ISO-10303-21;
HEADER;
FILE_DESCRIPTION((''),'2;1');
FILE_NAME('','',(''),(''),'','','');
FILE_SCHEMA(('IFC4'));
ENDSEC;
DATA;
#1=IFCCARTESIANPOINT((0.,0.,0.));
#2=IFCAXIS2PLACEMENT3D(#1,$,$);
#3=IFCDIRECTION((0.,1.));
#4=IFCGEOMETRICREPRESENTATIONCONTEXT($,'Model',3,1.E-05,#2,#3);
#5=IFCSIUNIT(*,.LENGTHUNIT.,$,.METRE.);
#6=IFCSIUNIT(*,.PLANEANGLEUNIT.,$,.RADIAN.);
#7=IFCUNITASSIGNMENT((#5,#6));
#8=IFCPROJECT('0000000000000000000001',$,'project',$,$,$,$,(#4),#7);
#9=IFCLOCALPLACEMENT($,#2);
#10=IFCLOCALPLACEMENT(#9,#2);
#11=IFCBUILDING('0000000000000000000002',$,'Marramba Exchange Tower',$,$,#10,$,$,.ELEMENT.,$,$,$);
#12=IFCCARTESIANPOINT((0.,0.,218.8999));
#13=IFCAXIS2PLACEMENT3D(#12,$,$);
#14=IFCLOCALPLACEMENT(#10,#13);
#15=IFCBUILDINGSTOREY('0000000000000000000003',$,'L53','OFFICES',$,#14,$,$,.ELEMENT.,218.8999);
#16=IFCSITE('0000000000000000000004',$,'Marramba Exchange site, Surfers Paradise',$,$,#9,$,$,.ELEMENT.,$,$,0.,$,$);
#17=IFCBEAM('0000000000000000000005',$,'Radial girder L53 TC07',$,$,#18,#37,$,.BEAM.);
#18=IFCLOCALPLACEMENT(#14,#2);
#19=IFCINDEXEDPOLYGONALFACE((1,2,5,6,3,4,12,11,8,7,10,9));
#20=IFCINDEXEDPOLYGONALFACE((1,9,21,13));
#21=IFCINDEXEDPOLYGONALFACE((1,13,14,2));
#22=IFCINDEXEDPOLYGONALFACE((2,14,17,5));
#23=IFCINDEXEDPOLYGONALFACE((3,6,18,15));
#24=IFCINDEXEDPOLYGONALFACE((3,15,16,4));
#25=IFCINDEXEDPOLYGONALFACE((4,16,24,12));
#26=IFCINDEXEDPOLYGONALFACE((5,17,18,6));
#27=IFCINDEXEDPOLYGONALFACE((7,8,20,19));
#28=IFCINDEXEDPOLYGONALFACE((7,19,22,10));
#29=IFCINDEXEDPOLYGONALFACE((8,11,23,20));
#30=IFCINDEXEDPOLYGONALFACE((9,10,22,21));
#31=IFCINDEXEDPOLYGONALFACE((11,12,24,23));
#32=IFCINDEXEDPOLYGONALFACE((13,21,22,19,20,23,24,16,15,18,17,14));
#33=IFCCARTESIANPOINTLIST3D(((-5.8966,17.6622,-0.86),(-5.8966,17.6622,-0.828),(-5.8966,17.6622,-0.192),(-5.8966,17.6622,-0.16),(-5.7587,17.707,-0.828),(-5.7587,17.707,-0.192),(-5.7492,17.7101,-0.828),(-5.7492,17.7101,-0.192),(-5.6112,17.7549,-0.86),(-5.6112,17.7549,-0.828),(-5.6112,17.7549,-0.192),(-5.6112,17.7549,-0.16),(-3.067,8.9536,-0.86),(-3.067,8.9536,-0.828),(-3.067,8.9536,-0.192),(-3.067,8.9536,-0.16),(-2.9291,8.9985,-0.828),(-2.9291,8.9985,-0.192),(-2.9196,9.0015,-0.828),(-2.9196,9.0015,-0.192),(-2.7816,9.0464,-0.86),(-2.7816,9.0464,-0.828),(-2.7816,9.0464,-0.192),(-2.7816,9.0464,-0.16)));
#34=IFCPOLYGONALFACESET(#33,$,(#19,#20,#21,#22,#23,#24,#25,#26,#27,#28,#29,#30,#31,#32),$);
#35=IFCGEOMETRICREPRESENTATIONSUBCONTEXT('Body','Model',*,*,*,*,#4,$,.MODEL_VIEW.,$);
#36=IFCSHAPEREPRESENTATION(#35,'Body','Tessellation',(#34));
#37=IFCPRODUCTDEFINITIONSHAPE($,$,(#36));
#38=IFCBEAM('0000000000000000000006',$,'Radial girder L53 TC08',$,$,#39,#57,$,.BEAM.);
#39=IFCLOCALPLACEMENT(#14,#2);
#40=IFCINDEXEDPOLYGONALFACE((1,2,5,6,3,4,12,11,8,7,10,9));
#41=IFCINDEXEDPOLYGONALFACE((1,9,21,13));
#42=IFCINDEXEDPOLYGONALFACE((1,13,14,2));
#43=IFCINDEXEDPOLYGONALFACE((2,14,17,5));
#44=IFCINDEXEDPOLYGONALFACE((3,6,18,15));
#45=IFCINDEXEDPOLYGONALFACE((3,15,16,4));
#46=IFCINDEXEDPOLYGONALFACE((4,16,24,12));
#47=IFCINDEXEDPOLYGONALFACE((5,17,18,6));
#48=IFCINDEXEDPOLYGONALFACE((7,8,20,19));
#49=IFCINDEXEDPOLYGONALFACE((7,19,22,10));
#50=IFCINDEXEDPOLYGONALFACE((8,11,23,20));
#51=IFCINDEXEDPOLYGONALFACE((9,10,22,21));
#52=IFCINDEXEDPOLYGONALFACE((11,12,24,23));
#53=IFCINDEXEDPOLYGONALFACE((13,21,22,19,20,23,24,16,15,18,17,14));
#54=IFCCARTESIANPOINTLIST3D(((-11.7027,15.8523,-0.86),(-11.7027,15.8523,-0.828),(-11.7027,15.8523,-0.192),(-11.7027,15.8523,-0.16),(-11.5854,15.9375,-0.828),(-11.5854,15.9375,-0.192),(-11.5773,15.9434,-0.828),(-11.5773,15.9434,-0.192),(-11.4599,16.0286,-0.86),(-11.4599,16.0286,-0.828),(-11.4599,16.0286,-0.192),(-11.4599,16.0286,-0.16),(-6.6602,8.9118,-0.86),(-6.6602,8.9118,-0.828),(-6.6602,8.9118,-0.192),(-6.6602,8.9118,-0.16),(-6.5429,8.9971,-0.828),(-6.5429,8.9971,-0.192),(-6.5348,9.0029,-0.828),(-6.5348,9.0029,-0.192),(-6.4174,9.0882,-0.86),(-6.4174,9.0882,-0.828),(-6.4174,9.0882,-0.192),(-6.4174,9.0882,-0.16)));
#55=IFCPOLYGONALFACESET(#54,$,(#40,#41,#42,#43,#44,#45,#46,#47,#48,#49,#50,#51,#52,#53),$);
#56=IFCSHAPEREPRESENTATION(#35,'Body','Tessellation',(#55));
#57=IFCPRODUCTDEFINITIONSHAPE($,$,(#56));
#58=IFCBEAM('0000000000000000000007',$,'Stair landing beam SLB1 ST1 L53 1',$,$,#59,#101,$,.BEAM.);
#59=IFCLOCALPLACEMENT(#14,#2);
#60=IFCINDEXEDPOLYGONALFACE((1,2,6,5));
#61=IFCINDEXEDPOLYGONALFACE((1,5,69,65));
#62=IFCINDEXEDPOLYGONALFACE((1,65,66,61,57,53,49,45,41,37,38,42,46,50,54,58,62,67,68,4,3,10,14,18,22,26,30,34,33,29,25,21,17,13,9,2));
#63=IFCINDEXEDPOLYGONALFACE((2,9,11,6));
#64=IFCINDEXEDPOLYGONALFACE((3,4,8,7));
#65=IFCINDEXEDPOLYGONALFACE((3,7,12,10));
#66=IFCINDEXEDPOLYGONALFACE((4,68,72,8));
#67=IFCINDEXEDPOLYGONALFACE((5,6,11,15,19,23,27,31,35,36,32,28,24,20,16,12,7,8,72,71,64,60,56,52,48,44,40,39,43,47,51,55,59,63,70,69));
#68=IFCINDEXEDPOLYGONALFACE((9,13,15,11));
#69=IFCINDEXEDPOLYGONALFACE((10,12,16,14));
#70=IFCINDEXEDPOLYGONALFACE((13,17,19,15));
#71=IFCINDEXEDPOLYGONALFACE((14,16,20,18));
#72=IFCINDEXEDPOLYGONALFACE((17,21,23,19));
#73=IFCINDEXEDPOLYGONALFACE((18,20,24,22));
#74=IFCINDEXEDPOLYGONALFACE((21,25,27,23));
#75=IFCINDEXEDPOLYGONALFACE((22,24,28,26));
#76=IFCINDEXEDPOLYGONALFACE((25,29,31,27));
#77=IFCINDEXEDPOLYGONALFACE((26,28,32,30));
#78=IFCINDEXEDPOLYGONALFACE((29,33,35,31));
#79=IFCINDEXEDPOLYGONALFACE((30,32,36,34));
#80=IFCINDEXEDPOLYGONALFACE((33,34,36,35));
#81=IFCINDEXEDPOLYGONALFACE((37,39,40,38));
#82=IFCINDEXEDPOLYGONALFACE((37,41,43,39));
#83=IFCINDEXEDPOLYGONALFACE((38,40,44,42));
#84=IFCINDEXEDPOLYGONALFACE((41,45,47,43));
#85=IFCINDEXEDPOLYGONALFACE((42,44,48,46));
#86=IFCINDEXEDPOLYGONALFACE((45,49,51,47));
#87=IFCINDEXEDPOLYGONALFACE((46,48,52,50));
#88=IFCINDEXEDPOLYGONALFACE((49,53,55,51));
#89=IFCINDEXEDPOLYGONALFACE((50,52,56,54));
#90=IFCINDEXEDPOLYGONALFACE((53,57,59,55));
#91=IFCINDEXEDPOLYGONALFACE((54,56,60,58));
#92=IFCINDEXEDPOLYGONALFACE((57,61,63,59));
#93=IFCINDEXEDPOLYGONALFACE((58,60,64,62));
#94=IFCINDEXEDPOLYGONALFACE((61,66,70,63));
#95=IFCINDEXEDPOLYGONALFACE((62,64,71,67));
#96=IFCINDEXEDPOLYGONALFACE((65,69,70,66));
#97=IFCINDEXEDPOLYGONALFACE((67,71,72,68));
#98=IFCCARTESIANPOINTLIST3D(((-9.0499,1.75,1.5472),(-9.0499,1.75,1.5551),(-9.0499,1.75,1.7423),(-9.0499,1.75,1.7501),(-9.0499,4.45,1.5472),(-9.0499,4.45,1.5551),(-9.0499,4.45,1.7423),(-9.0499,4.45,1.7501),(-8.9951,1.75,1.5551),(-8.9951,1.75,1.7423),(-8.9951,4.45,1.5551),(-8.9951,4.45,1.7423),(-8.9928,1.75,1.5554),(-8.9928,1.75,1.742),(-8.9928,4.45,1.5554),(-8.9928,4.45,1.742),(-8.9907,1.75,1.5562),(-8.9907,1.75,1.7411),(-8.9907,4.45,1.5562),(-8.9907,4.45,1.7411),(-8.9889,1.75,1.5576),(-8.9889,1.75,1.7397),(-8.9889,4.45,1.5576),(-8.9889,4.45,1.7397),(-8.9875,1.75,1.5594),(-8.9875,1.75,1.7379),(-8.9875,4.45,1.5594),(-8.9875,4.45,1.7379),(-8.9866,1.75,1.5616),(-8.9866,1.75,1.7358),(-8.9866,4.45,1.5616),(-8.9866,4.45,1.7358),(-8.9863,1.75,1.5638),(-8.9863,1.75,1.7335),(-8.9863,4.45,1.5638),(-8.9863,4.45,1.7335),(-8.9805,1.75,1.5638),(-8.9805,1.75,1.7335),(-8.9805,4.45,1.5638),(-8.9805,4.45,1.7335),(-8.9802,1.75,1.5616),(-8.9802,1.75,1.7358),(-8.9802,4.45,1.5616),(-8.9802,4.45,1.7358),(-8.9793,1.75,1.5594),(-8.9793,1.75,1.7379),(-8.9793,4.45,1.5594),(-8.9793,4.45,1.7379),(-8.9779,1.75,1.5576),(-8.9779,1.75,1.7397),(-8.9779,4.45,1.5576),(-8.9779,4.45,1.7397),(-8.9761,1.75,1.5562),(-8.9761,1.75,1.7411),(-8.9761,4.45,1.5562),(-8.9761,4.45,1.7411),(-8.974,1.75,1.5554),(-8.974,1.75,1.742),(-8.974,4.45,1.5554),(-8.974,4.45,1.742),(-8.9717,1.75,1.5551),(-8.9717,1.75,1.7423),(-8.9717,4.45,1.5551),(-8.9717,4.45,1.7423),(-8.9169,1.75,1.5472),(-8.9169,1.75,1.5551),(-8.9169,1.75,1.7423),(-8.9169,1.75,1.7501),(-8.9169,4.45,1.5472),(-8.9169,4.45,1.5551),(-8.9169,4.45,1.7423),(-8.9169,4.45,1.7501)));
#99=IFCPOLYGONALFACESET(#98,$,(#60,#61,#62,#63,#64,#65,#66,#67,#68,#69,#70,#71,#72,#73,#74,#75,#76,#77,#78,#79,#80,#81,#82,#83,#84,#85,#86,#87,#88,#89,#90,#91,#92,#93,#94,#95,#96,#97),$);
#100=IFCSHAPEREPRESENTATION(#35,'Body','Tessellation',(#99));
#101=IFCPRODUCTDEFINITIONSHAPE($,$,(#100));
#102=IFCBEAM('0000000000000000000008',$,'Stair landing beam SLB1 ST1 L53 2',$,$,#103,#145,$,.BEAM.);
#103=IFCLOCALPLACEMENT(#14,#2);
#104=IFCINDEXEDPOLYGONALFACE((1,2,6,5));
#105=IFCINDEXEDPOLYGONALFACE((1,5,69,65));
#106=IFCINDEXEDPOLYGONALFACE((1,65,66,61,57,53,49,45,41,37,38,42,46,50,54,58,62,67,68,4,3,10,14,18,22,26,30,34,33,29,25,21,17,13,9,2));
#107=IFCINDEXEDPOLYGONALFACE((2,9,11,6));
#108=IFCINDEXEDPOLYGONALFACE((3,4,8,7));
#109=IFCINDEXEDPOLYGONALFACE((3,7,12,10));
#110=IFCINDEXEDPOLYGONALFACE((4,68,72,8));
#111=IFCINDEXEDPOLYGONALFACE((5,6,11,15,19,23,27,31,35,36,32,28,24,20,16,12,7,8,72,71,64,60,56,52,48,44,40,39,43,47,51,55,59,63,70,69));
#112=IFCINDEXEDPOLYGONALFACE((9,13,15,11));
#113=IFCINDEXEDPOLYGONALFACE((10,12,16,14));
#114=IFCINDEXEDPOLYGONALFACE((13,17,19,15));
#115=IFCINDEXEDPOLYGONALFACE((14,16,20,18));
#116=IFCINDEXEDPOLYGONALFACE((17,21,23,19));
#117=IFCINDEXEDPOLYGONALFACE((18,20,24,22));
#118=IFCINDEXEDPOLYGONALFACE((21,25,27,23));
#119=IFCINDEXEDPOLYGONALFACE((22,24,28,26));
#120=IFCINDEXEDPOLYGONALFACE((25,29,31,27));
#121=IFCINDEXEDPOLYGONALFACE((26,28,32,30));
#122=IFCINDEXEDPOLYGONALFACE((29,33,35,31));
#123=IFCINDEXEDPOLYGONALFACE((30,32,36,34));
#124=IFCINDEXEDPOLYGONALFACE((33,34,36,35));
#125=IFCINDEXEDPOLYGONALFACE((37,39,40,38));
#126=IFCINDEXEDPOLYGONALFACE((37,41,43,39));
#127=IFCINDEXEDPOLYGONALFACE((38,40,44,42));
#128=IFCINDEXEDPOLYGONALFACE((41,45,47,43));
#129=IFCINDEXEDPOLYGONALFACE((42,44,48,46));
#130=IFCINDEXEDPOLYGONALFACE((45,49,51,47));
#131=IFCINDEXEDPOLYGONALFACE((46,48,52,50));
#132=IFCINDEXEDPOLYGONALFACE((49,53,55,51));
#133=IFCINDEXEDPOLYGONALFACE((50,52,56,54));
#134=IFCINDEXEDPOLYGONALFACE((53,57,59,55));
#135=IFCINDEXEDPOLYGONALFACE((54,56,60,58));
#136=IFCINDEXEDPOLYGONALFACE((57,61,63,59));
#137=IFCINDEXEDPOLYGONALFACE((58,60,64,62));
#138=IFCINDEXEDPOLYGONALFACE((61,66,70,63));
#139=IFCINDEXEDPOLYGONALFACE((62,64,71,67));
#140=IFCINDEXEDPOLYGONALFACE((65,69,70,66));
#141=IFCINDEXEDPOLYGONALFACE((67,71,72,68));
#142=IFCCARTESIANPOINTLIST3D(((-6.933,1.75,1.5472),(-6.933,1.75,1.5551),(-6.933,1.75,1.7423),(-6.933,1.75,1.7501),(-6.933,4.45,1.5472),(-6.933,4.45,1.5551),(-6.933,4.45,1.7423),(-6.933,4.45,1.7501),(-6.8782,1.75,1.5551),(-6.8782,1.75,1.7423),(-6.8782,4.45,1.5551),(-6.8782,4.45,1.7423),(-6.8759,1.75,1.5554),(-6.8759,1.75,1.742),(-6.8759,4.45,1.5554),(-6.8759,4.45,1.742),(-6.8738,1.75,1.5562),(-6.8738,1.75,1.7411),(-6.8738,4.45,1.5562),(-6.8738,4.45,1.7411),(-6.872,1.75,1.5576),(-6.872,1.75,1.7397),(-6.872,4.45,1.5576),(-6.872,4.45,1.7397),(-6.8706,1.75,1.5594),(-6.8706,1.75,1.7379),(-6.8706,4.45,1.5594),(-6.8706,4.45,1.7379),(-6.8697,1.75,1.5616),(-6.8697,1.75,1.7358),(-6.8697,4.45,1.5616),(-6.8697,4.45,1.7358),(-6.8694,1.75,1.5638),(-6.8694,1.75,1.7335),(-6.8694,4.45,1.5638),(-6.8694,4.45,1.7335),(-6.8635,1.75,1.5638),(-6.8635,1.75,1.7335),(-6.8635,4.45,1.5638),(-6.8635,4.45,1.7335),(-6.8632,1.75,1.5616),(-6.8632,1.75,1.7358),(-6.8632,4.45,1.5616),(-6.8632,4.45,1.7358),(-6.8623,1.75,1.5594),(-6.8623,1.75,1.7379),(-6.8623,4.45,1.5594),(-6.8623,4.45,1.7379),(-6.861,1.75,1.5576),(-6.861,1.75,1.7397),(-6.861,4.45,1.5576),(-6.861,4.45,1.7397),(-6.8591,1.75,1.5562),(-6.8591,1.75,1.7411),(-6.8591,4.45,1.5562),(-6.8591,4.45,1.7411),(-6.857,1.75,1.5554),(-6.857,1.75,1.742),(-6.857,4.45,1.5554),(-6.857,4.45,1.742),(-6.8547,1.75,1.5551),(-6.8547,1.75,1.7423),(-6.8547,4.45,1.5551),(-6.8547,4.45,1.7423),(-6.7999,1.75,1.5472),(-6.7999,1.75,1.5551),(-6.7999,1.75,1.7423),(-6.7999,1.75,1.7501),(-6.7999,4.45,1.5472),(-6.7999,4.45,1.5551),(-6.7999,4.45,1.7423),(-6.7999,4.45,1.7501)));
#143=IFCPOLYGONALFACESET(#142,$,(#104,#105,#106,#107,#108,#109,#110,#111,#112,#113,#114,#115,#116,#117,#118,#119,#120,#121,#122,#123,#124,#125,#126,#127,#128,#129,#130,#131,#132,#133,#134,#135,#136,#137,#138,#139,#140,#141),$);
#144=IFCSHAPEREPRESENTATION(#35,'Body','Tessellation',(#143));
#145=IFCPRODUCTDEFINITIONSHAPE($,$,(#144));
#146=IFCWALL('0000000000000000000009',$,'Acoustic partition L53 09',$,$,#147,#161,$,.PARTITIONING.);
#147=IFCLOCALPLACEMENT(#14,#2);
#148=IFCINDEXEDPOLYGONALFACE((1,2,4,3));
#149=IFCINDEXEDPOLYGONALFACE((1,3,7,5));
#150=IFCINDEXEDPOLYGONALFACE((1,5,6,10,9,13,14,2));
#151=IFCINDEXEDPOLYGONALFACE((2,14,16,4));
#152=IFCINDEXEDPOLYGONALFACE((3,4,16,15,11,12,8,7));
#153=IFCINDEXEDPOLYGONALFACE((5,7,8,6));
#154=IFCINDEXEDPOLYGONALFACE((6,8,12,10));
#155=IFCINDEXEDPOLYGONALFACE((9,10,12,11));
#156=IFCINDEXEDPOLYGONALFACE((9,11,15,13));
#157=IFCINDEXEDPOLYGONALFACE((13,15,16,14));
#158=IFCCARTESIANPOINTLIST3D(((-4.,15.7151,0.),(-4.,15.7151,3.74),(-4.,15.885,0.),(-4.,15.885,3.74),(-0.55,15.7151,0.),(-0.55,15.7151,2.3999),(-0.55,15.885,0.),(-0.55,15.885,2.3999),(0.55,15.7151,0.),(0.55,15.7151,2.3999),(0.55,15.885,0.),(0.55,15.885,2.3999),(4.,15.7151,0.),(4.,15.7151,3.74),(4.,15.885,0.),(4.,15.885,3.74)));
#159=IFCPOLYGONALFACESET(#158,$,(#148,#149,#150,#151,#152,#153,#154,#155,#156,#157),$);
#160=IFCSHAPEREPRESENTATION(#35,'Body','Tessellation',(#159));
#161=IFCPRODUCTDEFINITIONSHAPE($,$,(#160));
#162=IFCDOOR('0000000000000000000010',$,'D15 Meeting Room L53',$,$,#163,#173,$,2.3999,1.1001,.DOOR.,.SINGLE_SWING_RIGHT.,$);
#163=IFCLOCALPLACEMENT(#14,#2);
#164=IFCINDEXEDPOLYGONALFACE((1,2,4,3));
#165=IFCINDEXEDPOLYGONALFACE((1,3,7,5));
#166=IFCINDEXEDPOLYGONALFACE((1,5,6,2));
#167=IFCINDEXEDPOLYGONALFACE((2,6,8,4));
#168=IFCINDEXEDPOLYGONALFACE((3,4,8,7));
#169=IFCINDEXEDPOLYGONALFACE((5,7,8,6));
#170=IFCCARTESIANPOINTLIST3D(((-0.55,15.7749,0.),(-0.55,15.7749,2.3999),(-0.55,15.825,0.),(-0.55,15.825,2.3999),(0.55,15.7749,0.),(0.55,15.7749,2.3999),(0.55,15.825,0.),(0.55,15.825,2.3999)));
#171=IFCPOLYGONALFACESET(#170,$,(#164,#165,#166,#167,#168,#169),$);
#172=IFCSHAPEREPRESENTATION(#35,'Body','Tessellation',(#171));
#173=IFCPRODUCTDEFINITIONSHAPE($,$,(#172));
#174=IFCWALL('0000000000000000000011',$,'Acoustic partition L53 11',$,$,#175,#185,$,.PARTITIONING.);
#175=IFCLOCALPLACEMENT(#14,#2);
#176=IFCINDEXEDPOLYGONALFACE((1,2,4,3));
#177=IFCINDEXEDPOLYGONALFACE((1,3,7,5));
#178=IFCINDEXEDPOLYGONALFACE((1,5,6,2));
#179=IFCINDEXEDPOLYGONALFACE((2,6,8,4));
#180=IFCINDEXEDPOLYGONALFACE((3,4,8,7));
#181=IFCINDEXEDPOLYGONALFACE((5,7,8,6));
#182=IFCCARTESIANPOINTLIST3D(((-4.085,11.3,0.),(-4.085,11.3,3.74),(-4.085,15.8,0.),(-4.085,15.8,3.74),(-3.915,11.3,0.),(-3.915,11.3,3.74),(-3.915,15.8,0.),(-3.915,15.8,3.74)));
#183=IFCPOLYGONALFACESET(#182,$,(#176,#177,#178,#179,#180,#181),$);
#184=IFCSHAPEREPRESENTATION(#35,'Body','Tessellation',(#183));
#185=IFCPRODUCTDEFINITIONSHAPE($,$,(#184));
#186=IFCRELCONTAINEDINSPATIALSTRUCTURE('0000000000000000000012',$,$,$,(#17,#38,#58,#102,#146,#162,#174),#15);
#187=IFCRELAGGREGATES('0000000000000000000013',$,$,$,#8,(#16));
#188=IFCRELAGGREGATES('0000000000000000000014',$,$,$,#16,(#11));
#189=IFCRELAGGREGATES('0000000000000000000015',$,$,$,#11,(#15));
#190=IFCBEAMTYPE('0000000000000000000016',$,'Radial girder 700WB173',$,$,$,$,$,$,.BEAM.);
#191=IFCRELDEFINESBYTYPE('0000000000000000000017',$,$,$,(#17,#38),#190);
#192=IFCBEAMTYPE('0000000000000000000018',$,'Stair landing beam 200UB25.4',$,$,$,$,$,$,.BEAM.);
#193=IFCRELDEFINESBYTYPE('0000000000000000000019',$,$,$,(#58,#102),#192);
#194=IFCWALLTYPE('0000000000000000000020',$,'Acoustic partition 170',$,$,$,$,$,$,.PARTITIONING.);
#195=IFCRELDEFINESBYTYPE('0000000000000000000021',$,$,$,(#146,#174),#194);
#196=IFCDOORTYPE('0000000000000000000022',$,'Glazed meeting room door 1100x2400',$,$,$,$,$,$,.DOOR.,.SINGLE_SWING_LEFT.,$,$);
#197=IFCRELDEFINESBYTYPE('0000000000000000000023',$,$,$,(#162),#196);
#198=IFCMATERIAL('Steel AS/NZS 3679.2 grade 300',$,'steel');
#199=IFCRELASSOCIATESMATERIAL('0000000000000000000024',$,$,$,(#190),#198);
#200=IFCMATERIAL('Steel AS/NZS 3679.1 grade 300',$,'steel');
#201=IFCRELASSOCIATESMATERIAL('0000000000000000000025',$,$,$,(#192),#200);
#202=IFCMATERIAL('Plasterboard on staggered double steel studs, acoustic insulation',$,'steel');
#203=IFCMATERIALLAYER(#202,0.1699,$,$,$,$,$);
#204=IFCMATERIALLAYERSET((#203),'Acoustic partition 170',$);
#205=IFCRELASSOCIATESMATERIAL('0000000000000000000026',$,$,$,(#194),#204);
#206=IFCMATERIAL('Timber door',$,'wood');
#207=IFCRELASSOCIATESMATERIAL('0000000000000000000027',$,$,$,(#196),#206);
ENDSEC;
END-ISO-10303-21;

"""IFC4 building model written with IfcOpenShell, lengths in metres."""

from ifc_helpers import new_model, si_unit, direction, frame, frame_2d, origin, origin_2d, place, context, subcontext, project, spatial, rectangle, i_section, extrude, material, layer, layer_set, material_profile, profile_set, type_object, element, fill, save


model = new_model("IFC4")

# Units and contexts
model_context = context("Model", 3, precision=1e-05, world=origin(), true_north=direction((0.0, 1.0)))
body_context = subcontext(model_context, "Body", "Model", "MODEL_VIEW")
ifc_project = project(units=[si_unit("LENGTHUNIT", "METRE"), si_unit("PLANEANGLEUNIT", "RADIAN")], contexts=[model_context])

# Site, building, storey
site_placement = place(None, origin())
site = spatial("IfcSite", under=ifc_project, at=site_placement, Name="Marramba Exchange site, Surfers Paradise", CompositionType="ELEMENT", RefElevation=0.0)
building_placement = place(site_placement, origin())
building = spatial("IfcBuilding", under=site, at=building_placement, Name="Marramba Exchange Tower", CompositionType="ELEMENT")
storey_placement = place(building_placement, frame((0.0, 0.0, 218.8999)))
storey = spatial("IfcBuildingStorey", under=building, at=storey_placement, Name="L53", Description="OFFICES", CompositionType="ELEMENT", Elevation=218.8999)

# Beams
ifc_material_1 = material(Name="Steel AS/NZS 3679.1 grade 300", Category="steel")
ifc_material_2 = material(Name="Steel AS/NZS 3679.2 grade 300", Category="steel")
ifc_material_profile_1 = material_profile(ifc_material_2, i_section(OverallWidth=0.3, OverallDepth=0.7, WebThickness=0.01, FlangeThickness=0.032, at=origin_2d()), Name="700WB173")
ifc_profile_set_1 = profile_set([ifc_material_profile_1], Name="Steel AS/NZS 3679.2 grade 300")
beam_type_1 = type_object("IfcBeamType", Name="Radial girder 700WB173", PredefinedType="BEAM", material=ifc_profile_set_1)
beam_1_placement = place(storey_placement, frame((-2.9243, 9.0, -0.51), z_axis=(-0.30902, 0.951056, 0.0), x_axis=(-0.951056, -0.30902, 0.0)))
element("IfcBeam", 1, at=beam_1_placement, inside=storey, type_object=beam_type_1, Name="Radial girder L53 TC07", PredefinedType="BEAM", context=body_context, shape_type="SweptSolid", body=[
    extrude(i_section(OverallWidth=0.3, OverallDepth=0.7, WebThickness=0.01, FlangeThickness=0.032, at=origin_2d()), origin(), (0.0, 0.0, 1.0), 9.1567),
])
beam_2_placement = place(storey_placement, frame((-6.5388, 9.0, -0.51), z_axis=(-0.587782, 0.809019, 0.0), x_axis=(-0.809019, -0.587782, 0.0)))
element("IfcBeam", 2, at=beam_2_placement, inside=storey, type_object=beam_type_1, Name="Radial girder L53 TC08", PredefinedType="BEAM", context=body_context, shape_type="SweptSolid", body=[
    extrude(i_section(OverallWidth=0.3, OverallDepth=0.7, WebThickness=0.01, FlangeThickness=0.032, at=origin_2d()), origin(), (0.0, 0.0, 1.0), 8.5789),
])
ifc_material_profile_2 = material_profile(ifc_material_1, i_section(OverallWidth=0.1331, OverallDepth=0.2029, WebThickness=0.0059, FlangeThickness=0.0078, FilletRadius=0.0088, at=origin_2d()), Name="200UB25.4")
ifc_profile_set_2 = profile_set([ifc_material_profile_2], Name="Steel AS/NZS 3679.1 grade 300")
beam_type_2 = type_object("IfcBeamType", Name="Stair landing beam 200UB25.4", PredefinedType="BEAM", material=ifc_profile_set_2)
for number, where, z_axis, x_axis, name in (
    (3, (-8.9834, 1.75, 1.6487), (0.0, 1.0, 0.0), (-1.0, 0.0, 0.0), "Stair landing beam SLB1 ST1 L53 1"),
    (4, (-6.8665, 1.75, 1.6487), (0.0, 1.0, 0.0), (-1.0, 0.0, 0.0), "Stair landing beam SLB1 ST1 L53 2"),
):
    element("IfcBeam", number, at=place(storey_placement, frame(where, z_axis=z_axis, x_axis=x_axis)), inside=storey, type_object=beam_type_2, Name=name, PredefinedType="BEAM", context=body_context, shape_type="SweptSolid", body=[
        extrude(i_section(OverallWidth=0.1331, OverallDepth=0.2029, WebThickness=0.0059, FlangeThickness=0.0078, FilletRadius=0.0088, at=origin_2d()), origin(), (0.0, 0.0, 1.0), 2.7),
    ])

# Wall, opening, door
ifc_material_3 = material(Name="Plasterboard on staggered double steel studs, acoustic insulation", Category="steel")
ifc_layer_1 = layer(ifc_material_3, 0.1699)
ifc_layer_set_1 = layer_set([ifc_layer_1], Name="Acoustic partition 170")
wall_type_1 = type_object("IfcWallType", Name="Acoustic partition 170", PredefinedType="PARTITIONING", material=ifc_layer_set_1)
wall_1_placement = place(storey_placement, frame((-4.0, 15.8, 0.0), z_axis=(0.0, 0.0, 1.0), x_axis=(1.0, 0.0, 0.0)))
wall_1 = element("IfcWall", 5, at=wall_1_placement, inside=storey, type_object=wall_type_1, Name="Acoustic partition L53 09", PredefinedType="PARTITIONING", context=body_context, shape_type="SweptSolid", body=[
    extrude(rectangle(XDim=8.0, YDim=0.1699, at=frame_2d((4.0, 0.0))), origin(), (0.0, 0.0, 1.0), 3.74),
])
opening_1_placement = place(wall_1_placement, frame((3.45, 0.0, 0.0)))
opening_1 = element("IfcOpeningElement", 6, at=opening_1_placement, cuts=wall_1, PredefinedType="OPENING", context=body_context, shape_type="SweptSolid", body=[
    extrude(rectangle(XDim=1.1001, YDim=2.3999, at=frame_2d((0.55, 1.2))), frame((0.0, 0.095, 0.0), z_axis=(0.0, -1.0, 0.0), x_axis=(1.0, 0.0, 0.0)), (0.0, 0.0, 1.0), 0.1899),
])
ifc_material_4 = material(Name="Timber door", Category="wood")
door_type_1 = type_object("IfcDoorType", Name="Glazed meeting room door 1100x2400", OperationType="SINGLE_SWING_LEFT", PredefinedType="DOOR", material=ifc_material_4)
door_1_placement = place(opening_1_placement, frame((1.1001, 0.0, 0.0), z_axis=(0.0, 0.0, 1.0), x_axis=(-1.0, 0.0, 0.0)))
door_1 = element("IfcDoor", 7, at=door_1_placement, inside=storey, type_object=door_type_1, Name="D15 Meeting Room L53", OperationType="SINGLE_SWING_RIGHT", OverallHeight=2.3999, OverallWidth=1.1001, PredefinedType="DOOR", context=body_context, shape_type="SweptSolid", body=[
    extrude(rectangle(XDim=1.1001, YDim=2.3999, at=frame_2d((0.55, 1.2))), frame((0.0, 0.0251, 0.0), z_axis=(0.0, -1.0, 0.0), x_axis=(1.0, 0.0, 0.0)), (0.0, 0.0, 1.0), 0.05),
])
fill(opening_1, door_1)

# Wall
wall_2_placement = place(storey_placement, frame((-4.0, 11.3, 0.0), z_axis=(0.0, 0.0, 1.0), x_axis=(0.0, 1.0, 0.0)))
element("IfcWall", 8, at=wall_2_placement, inside=storey, type_object=wall_type_1, Name="Acoustic partition L53 11", PredefinedType="PARTITIONING", context=body_context, shape_type="SweptSolid", body=[
    extrude(rectangle(XDim=4.5, YDim=0.1699, at=frame_2d((2.25, 0.0))), origin(), (0.0, 0.0, 1.0), 3.74),
])

save(model, "model.ifc")
